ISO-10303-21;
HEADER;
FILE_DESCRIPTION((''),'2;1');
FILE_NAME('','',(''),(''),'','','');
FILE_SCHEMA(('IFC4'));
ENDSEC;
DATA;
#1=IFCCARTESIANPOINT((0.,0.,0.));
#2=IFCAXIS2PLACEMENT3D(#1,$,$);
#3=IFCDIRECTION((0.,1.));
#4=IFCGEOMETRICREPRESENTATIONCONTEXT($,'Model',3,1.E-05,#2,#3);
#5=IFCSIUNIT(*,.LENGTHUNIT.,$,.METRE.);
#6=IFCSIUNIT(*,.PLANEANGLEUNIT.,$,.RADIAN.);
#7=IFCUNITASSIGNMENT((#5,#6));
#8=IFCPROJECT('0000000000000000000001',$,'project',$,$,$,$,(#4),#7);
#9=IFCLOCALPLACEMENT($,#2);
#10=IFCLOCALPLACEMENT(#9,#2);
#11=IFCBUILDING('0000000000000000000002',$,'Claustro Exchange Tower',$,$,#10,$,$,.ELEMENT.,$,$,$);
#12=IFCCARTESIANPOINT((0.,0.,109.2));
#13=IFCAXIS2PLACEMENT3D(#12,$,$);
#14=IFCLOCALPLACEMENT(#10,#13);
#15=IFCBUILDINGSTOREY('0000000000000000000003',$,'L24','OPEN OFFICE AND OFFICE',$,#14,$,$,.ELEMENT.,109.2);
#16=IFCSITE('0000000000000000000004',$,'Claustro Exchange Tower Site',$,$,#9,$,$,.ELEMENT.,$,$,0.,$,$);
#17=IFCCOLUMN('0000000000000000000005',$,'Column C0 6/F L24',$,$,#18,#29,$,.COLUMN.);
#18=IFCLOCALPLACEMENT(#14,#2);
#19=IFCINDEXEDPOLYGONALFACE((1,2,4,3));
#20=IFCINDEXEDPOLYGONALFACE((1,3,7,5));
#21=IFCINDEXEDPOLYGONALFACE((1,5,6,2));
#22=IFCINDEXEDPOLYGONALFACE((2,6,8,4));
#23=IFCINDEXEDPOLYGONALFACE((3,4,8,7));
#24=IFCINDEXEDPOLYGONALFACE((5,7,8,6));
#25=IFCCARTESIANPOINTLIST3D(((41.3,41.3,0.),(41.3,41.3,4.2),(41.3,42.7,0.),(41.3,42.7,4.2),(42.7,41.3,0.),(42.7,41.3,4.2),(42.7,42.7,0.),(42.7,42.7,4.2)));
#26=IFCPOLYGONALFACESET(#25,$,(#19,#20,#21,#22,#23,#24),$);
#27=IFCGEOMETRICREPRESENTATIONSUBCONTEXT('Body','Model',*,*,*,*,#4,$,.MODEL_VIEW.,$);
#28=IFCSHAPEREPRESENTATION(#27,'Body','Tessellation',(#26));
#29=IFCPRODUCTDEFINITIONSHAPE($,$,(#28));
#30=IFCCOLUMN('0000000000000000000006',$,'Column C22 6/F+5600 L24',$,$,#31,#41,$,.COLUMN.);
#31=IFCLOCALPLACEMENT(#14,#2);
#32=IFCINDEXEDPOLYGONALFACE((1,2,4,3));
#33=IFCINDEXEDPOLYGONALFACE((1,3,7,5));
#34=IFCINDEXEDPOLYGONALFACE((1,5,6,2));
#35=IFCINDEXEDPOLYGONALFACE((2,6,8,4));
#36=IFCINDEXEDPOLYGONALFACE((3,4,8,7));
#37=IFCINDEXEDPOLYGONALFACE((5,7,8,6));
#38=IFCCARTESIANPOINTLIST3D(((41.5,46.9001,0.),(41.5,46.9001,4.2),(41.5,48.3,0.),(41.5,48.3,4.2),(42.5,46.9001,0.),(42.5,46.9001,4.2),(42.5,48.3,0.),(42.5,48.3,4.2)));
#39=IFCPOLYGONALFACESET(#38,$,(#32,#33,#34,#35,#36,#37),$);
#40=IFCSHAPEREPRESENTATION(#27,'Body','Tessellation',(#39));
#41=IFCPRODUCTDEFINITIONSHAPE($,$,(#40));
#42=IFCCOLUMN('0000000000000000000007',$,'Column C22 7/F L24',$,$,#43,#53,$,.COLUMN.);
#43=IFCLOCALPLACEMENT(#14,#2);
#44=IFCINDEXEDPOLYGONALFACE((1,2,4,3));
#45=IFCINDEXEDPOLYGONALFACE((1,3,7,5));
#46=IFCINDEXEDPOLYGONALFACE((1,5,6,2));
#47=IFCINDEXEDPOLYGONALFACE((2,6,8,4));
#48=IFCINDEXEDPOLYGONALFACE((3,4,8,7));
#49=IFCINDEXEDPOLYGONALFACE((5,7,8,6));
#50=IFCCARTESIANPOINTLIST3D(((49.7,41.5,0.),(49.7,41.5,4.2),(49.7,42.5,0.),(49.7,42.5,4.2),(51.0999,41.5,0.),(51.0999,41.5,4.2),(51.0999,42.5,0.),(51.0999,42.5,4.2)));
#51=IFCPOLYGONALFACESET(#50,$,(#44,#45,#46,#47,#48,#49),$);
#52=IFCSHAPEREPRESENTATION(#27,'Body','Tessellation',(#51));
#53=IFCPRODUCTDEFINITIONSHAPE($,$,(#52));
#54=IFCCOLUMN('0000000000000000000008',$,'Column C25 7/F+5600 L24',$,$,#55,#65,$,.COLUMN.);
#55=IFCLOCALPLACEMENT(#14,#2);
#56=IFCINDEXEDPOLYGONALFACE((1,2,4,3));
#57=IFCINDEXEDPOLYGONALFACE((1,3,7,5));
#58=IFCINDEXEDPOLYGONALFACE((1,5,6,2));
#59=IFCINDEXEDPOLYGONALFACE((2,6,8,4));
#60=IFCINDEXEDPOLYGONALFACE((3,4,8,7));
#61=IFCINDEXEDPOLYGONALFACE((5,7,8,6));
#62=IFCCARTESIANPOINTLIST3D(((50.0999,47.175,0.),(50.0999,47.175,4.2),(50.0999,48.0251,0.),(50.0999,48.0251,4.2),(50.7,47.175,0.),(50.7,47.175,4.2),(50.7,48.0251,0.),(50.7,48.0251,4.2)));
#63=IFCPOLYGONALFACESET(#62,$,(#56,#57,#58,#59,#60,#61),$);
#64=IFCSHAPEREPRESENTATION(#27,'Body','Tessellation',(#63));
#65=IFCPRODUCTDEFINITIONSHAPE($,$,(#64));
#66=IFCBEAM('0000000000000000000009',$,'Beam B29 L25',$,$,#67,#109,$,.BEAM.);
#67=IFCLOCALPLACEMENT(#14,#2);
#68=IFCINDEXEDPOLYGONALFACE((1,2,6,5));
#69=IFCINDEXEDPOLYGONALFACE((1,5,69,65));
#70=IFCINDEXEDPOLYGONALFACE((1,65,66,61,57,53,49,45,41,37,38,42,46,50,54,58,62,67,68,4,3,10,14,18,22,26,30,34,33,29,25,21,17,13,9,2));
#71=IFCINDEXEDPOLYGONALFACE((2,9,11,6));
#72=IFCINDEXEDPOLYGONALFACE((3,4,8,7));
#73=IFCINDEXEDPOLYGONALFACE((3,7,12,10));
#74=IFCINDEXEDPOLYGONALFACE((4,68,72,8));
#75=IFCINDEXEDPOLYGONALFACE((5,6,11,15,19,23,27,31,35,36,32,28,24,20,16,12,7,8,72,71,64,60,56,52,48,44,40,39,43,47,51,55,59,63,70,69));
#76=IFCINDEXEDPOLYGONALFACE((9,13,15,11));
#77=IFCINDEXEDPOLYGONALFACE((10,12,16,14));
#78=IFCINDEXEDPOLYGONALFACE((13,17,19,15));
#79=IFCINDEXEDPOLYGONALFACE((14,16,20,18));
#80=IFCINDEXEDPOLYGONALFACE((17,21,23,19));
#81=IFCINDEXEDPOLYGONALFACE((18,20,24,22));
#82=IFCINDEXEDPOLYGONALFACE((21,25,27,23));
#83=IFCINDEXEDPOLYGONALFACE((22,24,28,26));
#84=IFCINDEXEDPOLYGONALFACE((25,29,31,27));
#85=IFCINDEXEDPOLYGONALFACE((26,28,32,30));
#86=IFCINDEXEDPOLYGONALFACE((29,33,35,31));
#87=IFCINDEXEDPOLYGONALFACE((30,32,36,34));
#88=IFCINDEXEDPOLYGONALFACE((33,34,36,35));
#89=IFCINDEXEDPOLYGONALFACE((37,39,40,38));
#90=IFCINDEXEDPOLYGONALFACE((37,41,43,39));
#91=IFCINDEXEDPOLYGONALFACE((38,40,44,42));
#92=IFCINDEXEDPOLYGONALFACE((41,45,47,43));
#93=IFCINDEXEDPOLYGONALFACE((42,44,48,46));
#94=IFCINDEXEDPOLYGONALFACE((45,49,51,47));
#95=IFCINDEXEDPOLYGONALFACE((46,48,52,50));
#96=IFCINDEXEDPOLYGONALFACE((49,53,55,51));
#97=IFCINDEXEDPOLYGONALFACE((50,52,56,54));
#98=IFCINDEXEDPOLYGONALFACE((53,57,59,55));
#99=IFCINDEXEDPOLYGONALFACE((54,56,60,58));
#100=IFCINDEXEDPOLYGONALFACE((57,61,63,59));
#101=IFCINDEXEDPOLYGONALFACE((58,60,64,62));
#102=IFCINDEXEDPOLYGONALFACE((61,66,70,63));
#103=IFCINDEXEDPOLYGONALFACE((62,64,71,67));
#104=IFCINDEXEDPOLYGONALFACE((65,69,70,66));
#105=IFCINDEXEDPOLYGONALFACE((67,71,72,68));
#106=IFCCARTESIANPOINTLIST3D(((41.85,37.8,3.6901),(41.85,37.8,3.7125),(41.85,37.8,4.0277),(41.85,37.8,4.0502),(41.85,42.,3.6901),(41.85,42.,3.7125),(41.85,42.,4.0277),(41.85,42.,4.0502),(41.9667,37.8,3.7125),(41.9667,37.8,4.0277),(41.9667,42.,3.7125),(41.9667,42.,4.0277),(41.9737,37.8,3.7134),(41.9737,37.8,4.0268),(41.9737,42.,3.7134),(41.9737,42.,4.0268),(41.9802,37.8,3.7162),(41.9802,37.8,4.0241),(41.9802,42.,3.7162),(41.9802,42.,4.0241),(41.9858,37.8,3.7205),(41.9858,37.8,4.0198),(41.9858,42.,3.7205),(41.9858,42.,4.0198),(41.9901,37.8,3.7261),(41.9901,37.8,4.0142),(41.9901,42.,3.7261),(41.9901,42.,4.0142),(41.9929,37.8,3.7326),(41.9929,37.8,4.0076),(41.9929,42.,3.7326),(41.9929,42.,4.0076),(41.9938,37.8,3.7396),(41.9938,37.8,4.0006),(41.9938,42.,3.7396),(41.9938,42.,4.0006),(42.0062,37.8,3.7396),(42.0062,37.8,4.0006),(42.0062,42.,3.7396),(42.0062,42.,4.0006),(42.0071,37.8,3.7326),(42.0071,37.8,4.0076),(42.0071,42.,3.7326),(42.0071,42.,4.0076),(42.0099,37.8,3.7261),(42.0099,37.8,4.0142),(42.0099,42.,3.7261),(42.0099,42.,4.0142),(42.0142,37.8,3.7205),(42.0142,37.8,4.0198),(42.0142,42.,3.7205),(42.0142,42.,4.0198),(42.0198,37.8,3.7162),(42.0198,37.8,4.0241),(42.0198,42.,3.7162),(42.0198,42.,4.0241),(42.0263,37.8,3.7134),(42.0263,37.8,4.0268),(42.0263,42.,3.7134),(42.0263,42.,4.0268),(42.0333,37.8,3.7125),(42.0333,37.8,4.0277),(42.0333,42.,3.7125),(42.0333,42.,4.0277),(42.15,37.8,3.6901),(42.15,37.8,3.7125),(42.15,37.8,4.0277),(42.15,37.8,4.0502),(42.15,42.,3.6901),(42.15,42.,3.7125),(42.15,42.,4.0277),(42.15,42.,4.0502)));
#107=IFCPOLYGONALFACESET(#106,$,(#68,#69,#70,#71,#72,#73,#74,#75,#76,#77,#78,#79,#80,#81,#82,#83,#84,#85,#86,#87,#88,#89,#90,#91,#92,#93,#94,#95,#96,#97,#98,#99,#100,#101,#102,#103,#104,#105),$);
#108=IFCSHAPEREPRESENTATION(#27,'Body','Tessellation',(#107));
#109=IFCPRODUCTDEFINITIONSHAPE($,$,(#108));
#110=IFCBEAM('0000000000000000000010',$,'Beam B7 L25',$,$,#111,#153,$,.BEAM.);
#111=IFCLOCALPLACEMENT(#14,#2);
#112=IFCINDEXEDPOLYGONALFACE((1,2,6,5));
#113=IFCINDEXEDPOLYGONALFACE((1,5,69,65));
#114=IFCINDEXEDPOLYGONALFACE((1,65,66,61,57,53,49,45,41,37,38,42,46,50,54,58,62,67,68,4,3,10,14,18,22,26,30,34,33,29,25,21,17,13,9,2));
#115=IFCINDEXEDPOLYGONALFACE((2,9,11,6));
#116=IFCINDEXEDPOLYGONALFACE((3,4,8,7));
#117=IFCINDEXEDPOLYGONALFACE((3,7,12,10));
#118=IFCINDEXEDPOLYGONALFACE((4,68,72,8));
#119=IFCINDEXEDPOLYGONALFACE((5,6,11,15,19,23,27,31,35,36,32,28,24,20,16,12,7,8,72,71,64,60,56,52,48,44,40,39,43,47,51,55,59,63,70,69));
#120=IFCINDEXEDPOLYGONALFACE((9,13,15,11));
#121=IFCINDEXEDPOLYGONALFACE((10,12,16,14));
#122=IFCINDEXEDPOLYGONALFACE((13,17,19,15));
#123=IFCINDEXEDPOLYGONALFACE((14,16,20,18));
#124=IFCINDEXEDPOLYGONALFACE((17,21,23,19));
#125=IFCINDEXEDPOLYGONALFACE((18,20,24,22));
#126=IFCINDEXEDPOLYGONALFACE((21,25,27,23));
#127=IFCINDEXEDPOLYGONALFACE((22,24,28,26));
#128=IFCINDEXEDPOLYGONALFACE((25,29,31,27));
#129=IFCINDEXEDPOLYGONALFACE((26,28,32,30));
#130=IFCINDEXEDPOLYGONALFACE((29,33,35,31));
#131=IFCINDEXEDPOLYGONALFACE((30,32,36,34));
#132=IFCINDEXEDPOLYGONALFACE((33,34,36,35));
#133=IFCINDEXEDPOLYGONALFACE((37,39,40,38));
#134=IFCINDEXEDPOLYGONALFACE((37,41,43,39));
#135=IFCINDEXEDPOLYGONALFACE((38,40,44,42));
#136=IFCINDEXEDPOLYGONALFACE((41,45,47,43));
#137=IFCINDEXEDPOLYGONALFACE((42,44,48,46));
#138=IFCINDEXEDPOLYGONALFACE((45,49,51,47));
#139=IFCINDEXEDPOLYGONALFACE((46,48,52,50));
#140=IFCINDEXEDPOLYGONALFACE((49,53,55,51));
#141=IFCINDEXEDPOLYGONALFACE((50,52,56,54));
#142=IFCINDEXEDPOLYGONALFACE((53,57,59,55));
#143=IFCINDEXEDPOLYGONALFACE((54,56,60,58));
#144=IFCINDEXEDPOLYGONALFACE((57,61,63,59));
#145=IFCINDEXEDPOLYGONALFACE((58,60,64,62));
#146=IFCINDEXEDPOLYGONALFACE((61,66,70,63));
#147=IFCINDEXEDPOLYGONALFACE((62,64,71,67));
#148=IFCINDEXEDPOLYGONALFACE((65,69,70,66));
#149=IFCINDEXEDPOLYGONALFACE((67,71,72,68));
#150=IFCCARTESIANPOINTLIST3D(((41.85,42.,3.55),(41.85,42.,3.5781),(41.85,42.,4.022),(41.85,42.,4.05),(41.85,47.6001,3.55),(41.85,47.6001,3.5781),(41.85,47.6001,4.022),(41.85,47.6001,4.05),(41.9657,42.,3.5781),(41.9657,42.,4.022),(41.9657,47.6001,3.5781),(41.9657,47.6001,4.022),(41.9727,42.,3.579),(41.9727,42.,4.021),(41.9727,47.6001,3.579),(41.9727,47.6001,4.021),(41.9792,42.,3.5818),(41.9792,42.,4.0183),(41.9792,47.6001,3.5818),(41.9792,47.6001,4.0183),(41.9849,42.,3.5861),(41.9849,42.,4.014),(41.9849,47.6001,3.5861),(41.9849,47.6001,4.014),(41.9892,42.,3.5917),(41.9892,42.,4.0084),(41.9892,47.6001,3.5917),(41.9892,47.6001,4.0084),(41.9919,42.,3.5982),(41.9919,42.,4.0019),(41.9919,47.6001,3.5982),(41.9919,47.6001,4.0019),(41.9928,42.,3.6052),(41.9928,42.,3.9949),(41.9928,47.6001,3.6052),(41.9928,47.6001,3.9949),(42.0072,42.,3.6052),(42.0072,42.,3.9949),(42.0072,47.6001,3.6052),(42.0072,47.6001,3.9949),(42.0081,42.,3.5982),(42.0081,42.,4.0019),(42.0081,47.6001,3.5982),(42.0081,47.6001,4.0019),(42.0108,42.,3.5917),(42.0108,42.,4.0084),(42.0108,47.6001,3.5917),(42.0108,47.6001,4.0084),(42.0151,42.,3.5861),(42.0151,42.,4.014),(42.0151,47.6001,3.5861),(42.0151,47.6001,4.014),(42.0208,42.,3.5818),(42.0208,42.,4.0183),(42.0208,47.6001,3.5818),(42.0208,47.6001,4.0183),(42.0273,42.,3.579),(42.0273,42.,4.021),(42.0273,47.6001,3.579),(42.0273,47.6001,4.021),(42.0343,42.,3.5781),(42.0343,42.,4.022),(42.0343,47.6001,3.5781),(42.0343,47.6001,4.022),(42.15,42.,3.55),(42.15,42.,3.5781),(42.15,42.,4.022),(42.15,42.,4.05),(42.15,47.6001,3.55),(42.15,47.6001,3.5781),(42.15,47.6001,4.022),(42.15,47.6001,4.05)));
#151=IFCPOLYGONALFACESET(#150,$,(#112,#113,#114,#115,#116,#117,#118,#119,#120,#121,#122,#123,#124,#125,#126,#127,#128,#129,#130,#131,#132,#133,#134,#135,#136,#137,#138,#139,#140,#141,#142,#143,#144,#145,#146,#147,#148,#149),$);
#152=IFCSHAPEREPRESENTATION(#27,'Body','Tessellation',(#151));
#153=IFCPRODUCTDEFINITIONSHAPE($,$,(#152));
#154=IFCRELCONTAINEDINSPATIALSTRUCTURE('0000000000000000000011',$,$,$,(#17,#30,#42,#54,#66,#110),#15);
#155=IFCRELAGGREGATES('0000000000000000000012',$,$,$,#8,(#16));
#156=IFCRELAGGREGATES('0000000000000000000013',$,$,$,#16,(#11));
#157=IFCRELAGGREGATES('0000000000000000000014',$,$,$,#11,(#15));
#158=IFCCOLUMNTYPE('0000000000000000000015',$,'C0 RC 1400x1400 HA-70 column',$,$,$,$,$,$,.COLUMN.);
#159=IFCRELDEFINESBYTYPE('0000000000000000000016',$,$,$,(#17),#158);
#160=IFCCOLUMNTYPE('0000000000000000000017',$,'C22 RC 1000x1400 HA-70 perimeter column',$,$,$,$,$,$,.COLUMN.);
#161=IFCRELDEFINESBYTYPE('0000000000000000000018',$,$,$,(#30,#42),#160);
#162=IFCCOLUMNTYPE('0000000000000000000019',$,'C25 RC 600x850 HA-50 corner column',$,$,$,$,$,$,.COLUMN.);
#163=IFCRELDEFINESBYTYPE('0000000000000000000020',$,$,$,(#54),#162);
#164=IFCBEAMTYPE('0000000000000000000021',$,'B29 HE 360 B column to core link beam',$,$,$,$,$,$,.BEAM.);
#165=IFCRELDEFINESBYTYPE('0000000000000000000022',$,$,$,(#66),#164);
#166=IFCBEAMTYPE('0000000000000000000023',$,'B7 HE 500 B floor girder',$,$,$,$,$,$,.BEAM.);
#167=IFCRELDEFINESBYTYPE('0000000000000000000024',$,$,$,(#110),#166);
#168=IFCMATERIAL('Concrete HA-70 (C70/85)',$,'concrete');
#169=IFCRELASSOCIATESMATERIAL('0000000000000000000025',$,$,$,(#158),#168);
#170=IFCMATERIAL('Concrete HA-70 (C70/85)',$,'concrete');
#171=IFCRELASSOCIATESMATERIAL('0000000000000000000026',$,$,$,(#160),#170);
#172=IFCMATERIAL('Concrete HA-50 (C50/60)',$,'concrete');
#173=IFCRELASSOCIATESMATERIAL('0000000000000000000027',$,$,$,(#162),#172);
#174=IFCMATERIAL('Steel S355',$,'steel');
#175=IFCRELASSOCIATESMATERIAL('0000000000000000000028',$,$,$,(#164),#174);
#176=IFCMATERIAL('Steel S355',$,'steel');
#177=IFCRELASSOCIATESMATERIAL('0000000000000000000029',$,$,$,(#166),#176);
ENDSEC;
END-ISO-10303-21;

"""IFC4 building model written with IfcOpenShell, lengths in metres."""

from ifc_helpers import new_model, si_unit, direction, frame, origin, origin_2d, place, context, subcontext, project, spatial, rectangle, i_section, extrude, material, material_profile, profile_set, type_object, element, save


model = new_model("IFC4")

# Units and contexts
model_context = context("Model", 3, precision=1e-05, world=origin(), true_north=direction((0.0, 1.0)))
body_context = subcontext(model_context, "Body", "Model", "MODEL_VIEW")
ifc_project = project(units=[si_unit("LENGTHUNIT", "METRE"), si_unit("PLANEANGLEUNIT", "RADIAN")], contexts=[model_context])

# Site, building, storey
site_placement = place(None, origin())
site = spatial("IfcSite", under=ifc_project, at=site_placement, Name="Claustro Exchange Tower Site", CompositionType="ELEMENT", RefElevation=0.0)
building_placement = place(site_placement, origin())
building = spatial("IfcBuilding", under=site, at=building_placement, Name="Claustro Exchange Tower", CompositionType="ELEMENT")
storey_placement = place(building_placement, frame((0.0, 0.0, 109.2)))
storey = spatial("IfcBuildingStorey", under=building, at=storey_placement, Name="L24", Description="OPEN OFFICE AND OFFICE", CompositionType="ELEMENT", Elevation=109.2)

# Columns
ifc_material_1 = material(Name="Concrete HA-70 (C70/85)", Category="concrete")
ifc_material_profile_1 = material_profile(ifc_material_1, rectangle(XDim=1.3999, YDim=1.3999, at=origin_2d()), Name="RC 1400x1400")
ifc_profile_set_1 = profile_set([ifc_material_profile_1], Name="Concrete HA-70 (C70/85)")
column_type_1 = type_object("IfcColumnType", Name="C0 RC 1400x1400 HA-70 column", PredefinedType="COLUMN", material=ifc_profile_set_1)
column_1_placement = place(storey_placement, frame((42.0, 42.0, 0.0), z_axis=(0.0, 0.0, 1.0), x_axis=(1.0, 0.0, 0.0)))
element("IfcColumn", 1, at=column_1_placement, inside=storey, type_object=column_type_1, Name="Column C0 6/F L24", PredefinedType="COLUMN", context=body_context, shape_type="SweptSolid", body=[
    extrude(rectangle(XDim=1.3999, YDim=1.3999, at=origin_2d()), origin(), (0.0, 0.0, 1.0), 4.2),
])
ifc_material_2 = material(Name="Concrete HA-70 (C70/85)", Category="concrete")
ifc_material_profile_2 = material_profile(ifc_material_2, rectangle(XDim=1.0, YDim=1.3999, at=origin_2d()), Name="RC 1000x1400")
ifc_profile_set_2 = profile_set([ifc_material_profile_2], Name="Concrete HA-70 (C70/85)")
column_type_2 = type_object("IfcColumnType", Name="C22 RC 1000x1400 HA-70 perimeter column", PredefinedType="COLUMN", material=ifc_profile_set_2)
for number, where, z_axis, x_axis, name in (
    (2, (42.0, 47.6001, 0.0), (0.0, 0.0, 1.0), (1.0, 0.0, 0.0), "Column C22 6/F+5600 L24"),
    (3, (50.3999, 42.0, 0.0), (0.0, 0.0, 1.0), (0.0, 1.0, 0.0), "Column C22 7/F L24"),
):
    element("IfcColumn", number, at=place(storey_placement, frame(where, z_axis=z_axis, x_axis=x_axis)), inside=storey, type_object=column_type_2, Name=name, PredefinedType="COLUMN", context=body_context, shape_type="SweptSolid", body=[
        extrude(rectangle(XDim=1.0, YDim=1.3999, at=origin_2d()), origin(), (0.0, 0.0, 1.0), 4.2),
    ])
ifc_material_3 = material(Name="Concrete HA-50 (C50/60)", Category="concrete")
ifc_material_profile_3 = material_profile(ifc_material_3, rectangle(XDim=0.6001, YDim=0.8501, at=origin_2d()), Name="RC 600x850")
ifc_profile_set_3 = profile_set([ifc_material_profile_3], Name="Concrete HA-50 (C50/60)")
column_type_3 = type_object("IfcColumnType", Name="C25 RC 600x850 HA-50 corner column", PredefinedType="COLUMN", material=ifc_profile_set_3)
column_2_placement = place(storey_placement, frame((50.3999, 47.6001, 0.0), z_axis=(0.0, 0.0, 1.0), x_axis=(1.0, 0.0, 0.0)))
element("IfcColumn", 4, at=column_2_placement, inside=storey, type_object=column_type_3, Name="Column C25 7/F+5600 L24", PredefinedType="COLUMN", context=body_context, shape_type="SweptSolid", body=[
    extrude(rectangle(XDim=0.6001, YDim=0.8501, at=origin_2d()), origin(), (0.0, 0.0, 1.0), 4.2),
])

# Beams
ifc_material_4 = material(Name="Steel S355", Category="steel")
ifc_material_profile_4 = material_profile(ifc_material_4, i_section(OverallWidth=0.3, OverallDepth=0.3601, WebThickness=0.0125, FlangeThickness=0.0225, FilletRadius=0.0271, at=origin_2d()), Name="HE 360 B")
ifc_profile_set_4 = profile_set([ifc_material_profile_4], Name="Steel S355")
beam_type_1 = type_object("IfcBeamType", Name="B29 HE 360 B column to core link beam", PredefinedType="BEAM", material=ifc_profile_set_4)
beam_1_placement = place(storey_placement, frame((42.0, 37.8, 3.8701), z_axis=(0.0, 1.0, 0.0), x_axis=(-1.0, 0.0, 0.0)))
element("IfcBeam", 5, at=beam_1_placement, inside=storey, type_object=beam_type_1, Name="Beam B29 L25", PredefinedType="BEAM", context=body_context, shape_type="SweptSolid", body=[
    extrude(i_section(OverallWidth=0.3, OverallDepth=0.3601, WebThickness=0.0125, FlangeThickness=0.0225, FilletRadius=0.0271, at=origin_2d()), origin(), (0.0, 0.0, 1.0), 4.2),
])
ifc_material_5 = material(Name="Steel S355", Category="steel")
ifc_material_profile_5 = material_profile(ifc_material_5, i_section(OverallWidth=0.3, OverallDepth=0.5, WebThickness=0.0144, FlangeThickness=0.0281, FilletRadius=0.0271, at=origin_2d()), Name="HE 500 B")
ifc_profile_set_5 = profile_set([ifc_material_profile_5], Name="Steel S355")
beam_type_2 = type_object("IfcBeamType", Name="B7 HE 500 B floor girder", PredefinedType="BEAM", material=ifc_profile_set_5)
beam_2_placement = place(storey_placement, frame((42.0, 42.0, 3.8), z_axis=(0.0, 1.0, 0.0), x_axis=(-1.0, 0.0, 0.0)))
element("IfcBeam", 6, at=beam_2_placement, inside=storey, type_object=beam_type_2, Name="Beam B7 L25", PredefinedType="BEAM", context=body_context, shape_type="SweptSolid", body=[
    extrude(i_section(OverallWidth=0.3, OverallDepth=0.5, WebThickness=0.0144, FlangeThickness=0.0281, FilletRadius=0.0271, at=origin_2d()), origin(), (0.0, 0.0, 1.0), 5.6001),
])

save(model, "model.ifc")
